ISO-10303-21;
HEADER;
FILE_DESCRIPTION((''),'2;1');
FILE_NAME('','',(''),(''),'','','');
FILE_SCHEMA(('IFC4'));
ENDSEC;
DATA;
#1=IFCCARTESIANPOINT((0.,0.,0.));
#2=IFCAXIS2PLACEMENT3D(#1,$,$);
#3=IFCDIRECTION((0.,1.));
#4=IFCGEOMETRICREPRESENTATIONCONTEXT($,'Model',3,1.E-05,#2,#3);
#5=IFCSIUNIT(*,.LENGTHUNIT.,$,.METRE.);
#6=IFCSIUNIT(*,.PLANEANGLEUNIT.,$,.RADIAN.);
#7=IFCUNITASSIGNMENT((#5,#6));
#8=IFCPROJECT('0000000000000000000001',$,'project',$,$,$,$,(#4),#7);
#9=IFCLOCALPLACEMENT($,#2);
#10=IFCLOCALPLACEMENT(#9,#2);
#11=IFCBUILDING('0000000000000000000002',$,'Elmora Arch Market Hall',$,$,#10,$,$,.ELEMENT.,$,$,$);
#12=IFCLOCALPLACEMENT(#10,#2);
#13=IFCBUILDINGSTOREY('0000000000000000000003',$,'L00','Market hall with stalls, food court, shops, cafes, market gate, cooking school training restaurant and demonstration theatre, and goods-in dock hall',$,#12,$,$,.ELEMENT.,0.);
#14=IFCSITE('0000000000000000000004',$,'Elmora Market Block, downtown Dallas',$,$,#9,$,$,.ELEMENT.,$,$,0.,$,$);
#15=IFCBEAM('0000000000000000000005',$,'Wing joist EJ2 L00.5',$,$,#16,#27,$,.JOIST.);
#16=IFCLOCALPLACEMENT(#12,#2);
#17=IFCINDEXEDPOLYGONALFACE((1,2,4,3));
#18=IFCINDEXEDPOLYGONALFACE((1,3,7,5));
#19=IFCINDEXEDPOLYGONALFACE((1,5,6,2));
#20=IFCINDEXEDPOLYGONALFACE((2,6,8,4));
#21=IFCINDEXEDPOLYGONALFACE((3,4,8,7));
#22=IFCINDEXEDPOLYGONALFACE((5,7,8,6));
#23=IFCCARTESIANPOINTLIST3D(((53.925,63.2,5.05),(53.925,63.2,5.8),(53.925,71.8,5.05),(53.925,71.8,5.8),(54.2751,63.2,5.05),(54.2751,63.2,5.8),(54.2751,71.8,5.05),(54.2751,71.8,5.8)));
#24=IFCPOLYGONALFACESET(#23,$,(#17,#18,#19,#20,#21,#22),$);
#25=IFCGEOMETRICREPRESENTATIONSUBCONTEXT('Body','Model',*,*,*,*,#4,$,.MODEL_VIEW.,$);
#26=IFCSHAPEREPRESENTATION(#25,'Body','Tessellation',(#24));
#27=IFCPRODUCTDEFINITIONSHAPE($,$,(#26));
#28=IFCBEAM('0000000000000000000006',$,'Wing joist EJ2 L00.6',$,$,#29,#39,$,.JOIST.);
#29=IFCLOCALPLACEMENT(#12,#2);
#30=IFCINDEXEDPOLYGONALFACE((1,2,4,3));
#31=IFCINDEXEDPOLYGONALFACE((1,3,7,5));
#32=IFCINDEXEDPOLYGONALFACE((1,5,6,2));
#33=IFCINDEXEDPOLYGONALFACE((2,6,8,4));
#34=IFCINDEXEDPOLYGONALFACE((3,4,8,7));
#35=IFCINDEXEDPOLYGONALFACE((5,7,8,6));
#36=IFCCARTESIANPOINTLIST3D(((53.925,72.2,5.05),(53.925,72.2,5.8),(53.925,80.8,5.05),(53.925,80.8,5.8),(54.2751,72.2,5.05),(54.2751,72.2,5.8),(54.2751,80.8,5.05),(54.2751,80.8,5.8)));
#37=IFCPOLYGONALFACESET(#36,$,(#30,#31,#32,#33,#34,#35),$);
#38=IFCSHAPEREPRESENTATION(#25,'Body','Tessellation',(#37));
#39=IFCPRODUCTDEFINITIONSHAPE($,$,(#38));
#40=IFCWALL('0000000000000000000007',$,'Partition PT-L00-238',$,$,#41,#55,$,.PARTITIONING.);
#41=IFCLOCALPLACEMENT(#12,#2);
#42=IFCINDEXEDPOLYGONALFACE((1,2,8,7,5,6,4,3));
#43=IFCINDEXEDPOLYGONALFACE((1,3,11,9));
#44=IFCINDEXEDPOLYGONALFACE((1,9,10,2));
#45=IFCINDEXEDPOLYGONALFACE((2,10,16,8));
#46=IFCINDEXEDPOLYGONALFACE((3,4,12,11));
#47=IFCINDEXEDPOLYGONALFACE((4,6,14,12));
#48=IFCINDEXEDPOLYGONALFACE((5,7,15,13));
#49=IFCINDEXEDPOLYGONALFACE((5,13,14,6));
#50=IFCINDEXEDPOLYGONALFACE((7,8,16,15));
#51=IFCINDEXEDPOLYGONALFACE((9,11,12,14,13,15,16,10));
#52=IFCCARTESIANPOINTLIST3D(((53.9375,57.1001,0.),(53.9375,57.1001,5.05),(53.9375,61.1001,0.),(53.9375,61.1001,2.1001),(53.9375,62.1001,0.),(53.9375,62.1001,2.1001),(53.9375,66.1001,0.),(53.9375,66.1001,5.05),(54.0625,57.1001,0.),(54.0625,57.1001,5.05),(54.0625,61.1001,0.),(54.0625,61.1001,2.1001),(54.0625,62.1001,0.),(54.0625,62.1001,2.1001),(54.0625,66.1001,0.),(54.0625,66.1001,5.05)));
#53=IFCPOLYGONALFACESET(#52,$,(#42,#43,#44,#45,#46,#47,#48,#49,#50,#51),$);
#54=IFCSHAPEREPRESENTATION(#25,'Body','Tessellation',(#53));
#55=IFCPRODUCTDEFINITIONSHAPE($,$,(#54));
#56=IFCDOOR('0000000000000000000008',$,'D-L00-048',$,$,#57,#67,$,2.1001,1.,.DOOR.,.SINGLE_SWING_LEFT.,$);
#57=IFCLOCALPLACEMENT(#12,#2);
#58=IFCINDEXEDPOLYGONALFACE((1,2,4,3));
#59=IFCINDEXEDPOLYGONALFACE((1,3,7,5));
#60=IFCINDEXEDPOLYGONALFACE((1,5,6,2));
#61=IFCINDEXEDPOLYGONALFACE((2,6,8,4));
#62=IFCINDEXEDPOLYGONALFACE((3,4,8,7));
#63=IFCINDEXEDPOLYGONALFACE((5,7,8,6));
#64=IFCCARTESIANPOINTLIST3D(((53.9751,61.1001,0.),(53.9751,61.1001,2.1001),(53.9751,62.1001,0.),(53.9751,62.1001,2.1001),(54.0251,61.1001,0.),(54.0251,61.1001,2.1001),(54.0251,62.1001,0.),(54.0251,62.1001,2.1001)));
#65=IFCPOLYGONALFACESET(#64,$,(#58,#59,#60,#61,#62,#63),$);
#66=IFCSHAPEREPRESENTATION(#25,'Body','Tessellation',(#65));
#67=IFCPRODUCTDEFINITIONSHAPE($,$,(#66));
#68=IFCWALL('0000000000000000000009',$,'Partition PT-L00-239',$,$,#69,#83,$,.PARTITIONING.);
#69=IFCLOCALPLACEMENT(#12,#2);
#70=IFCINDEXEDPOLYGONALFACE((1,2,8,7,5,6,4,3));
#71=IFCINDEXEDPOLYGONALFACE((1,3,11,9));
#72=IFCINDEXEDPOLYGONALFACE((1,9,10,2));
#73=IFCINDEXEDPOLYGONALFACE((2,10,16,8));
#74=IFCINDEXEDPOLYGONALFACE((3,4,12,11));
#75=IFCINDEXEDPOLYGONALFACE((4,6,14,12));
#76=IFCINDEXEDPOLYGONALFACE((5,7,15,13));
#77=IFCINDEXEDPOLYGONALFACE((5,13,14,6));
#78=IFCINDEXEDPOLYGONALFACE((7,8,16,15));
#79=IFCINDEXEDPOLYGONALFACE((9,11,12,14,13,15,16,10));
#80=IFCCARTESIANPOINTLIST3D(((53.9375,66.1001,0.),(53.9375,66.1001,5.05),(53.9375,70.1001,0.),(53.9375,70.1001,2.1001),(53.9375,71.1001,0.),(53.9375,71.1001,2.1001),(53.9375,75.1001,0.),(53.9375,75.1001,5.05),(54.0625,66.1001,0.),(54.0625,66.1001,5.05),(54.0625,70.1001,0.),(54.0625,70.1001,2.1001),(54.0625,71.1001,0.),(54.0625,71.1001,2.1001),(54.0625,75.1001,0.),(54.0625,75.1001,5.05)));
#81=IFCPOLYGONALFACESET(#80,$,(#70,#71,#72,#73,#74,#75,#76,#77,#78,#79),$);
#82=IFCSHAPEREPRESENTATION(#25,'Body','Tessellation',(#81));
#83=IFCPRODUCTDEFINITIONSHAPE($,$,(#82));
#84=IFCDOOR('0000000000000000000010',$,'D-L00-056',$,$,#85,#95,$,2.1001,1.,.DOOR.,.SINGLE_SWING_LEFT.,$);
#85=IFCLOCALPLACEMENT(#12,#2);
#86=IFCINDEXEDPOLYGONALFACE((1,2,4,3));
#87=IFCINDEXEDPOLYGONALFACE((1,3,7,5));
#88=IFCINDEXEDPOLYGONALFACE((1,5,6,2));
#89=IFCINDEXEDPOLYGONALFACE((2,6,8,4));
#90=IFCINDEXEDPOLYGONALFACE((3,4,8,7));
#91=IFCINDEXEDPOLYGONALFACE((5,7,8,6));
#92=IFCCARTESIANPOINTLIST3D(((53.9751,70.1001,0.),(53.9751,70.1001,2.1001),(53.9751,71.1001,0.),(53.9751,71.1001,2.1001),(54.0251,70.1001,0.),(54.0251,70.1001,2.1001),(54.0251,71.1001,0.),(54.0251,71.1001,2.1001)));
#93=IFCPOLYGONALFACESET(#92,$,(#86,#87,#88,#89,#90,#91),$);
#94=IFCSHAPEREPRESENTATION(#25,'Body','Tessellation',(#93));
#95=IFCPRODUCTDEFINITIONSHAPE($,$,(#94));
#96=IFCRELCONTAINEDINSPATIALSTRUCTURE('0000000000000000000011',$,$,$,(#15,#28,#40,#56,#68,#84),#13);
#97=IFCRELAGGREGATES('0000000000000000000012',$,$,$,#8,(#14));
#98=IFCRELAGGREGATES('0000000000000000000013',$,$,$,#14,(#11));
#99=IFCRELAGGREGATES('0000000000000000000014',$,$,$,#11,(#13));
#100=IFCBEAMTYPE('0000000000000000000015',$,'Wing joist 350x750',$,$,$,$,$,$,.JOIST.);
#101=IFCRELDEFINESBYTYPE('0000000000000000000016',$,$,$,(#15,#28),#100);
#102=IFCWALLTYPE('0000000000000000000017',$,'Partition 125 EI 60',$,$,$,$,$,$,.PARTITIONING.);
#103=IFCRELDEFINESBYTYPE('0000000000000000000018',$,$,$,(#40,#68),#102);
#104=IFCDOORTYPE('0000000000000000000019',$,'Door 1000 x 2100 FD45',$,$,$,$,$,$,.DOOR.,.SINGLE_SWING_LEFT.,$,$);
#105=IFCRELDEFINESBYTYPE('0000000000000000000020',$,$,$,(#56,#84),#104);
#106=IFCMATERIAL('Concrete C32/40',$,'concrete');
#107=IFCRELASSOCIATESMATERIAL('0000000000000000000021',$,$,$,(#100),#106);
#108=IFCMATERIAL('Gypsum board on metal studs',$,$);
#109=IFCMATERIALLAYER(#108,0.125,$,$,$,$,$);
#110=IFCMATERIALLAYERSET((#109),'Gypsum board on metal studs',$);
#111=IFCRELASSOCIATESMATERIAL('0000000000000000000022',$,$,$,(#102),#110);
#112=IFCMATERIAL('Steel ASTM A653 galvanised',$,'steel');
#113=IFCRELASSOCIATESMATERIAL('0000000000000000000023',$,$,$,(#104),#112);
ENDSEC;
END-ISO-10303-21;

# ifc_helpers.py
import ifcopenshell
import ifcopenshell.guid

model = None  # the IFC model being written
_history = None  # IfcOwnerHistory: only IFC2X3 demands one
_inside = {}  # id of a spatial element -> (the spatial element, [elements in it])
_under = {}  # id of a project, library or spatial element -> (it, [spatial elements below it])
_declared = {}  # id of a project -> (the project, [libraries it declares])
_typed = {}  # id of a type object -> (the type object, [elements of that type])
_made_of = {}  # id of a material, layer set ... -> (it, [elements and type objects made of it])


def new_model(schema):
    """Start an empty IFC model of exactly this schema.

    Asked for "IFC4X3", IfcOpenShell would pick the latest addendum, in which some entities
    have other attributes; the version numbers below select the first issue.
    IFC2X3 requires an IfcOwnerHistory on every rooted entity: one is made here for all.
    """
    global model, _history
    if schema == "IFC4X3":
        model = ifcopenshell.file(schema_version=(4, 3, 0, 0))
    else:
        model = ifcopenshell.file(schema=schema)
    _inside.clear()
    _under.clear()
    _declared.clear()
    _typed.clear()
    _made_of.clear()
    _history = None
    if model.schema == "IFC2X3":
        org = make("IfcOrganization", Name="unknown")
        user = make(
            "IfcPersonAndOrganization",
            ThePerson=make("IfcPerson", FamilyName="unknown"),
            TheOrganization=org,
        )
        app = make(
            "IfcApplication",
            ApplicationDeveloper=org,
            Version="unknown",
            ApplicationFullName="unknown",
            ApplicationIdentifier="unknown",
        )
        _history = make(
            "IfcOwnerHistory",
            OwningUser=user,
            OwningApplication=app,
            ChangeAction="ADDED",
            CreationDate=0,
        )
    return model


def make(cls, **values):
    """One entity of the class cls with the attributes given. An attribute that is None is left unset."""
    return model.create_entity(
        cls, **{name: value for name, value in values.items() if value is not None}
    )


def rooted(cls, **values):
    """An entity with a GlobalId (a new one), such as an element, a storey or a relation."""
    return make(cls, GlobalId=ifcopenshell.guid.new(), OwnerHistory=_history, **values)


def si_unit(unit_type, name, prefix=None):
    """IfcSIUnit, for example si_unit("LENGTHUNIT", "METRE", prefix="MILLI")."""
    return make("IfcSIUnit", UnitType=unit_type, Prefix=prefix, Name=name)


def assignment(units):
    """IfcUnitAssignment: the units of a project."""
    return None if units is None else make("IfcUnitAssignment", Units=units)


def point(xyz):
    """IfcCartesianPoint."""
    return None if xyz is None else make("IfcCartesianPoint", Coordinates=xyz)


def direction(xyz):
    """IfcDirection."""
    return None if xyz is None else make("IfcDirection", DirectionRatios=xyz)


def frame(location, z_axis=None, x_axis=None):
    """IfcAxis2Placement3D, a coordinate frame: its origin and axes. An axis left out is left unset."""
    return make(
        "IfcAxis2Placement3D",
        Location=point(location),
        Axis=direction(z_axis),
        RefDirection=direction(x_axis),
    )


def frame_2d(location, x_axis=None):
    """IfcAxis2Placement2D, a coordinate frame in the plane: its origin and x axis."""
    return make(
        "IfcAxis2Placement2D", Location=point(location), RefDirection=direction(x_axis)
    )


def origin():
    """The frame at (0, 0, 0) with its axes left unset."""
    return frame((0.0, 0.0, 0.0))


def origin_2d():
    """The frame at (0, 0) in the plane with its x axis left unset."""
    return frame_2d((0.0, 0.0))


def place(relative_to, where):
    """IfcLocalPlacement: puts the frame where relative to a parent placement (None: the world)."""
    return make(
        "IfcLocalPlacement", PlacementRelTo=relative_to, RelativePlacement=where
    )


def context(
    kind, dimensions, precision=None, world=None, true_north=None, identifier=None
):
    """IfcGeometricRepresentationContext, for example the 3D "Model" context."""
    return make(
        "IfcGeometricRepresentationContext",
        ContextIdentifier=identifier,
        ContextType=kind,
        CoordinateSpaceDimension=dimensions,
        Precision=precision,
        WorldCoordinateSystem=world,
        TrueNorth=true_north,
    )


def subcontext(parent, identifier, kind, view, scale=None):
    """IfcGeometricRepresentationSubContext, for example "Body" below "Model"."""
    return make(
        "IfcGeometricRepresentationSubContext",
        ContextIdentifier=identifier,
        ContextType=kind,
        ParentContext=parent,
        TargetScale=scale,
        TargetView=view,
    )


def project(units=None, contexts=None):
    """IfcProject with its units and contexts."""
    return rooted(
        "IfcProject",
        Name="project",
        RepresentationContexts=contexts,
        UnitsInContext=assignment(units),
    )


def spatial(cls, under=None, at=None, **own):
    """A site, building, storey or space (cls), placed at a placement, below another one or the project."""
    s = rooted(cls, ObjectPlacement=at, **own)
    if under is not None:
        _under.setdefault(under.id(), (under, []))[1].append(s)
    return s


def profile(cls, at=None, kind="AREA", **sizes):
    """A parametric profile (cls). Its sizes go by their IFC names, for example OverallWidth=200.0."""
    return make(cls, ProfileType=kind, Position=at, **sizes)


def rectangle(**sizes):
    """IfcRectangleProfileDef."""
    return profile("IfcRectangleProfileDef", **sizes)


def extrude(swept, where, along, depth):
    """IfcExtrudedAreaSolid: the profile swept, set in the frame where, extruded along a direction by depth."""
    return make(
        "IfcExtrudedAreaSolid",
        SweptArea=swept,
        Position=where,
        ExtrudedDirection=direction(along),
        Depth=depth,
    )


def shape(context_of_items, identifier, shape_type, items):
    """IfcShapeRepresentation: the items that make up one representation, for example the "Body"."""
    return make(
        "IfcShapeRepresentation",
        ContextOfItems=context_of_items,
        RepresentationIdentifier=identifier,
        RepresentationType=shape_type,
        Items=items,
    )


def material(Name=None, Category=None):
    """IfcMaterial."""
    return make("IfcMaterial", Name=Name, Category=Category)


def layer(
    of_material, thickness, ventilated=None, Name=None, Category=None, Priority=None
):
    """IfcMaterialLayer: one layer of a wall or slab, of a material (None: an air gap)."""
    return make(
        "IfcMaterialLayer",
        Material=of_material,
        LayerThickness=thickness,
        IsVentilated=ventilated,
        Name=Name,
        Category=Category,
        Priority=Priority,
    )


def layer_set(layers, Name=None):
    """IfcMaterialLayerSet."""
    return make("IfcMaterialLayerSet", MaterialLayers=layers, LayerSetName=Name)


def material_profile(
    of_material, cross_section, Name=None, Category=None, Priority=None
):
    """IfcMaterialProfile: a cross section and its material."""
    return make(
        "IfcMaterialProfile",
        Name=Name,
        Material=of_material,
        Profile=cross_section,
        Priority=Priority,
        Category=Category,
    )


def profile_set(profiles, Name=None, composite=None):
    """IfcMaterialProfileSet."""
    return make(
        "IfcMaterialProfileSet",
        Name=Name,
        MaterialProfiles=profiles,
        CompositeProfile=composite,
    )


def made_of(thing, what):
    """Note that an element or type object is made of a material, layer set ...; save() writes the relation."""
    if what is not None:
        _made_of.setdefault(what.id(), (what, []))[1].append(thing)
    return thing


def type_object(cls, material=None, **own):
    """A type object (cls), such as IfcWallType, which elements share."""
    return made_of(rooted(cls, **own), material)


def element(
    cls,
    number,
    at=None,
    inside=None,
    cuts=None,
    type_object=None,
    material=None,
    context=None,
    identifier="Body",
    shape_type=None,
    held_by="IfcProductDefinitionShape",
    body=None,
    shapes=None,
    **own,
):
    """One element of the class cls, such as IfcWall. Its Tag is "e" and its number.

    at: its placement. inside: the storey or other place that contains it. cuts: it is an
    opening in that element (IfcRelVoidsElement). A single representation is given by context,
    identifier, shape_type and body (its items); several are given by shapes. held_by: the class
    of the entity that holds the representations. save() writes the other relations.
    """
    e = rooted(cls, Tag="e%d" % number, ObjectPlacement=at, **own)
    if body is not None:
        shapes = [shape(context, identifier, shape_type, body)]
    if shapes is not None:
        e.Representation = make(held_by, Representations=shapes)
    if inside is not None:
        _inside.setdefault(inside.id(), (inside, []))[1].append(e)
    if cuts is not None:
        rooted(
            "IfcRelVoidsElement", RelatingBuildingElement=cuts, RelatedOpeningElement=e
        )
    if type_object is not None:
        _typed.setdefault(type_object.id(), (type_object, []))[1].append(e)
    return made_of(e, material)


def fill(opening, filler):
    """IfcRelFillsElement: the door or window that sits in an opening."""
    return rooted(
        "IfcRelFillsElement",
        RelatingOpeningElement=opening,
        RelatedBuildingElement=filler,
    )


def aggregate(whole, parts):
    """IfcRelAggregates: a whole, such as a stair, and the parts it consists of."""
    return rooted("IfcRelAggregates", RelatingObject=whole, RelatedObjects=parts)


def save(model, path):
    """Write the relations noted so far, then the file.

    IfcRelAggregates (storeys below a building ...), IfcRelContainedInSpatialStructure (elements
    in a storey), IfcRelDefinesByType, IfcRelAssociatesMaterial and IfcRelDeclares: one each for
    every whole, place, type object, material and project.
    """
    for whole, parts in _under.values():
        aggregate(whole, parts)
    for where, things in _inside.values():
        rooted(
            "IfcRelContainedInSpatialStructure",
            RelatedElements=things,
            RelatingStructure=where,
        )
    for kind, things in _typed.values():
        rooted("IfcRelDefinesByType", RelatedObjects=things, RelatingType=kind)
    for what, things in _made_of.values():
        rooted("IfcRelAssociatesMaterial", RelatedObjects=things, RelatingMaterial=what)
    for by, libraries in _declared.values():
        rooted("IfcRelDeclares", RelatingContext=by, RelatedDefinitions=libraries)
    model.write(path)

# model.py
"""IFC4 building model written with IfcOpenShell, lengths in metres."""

from ifc_helpers import new_model, si_unit, direction, frame, frame_2d, origin, origin_2d, place, context, subcontext, project, spatial, rectangle, extrude, material, layer, layer_set, material_profile, profile_set, type_object, element, fill, save


model = new_model("IFC4")

# Units and contexts
model_context = context("Model", 3, precision=1e-05, world=origin(), true_north=direction((0.0, 1.0)))
body_context = subcontext(model_context, "Body", "Model", "MODEL_VIEW")
ifc_project = project(units=[si_unit("LENGTHUNIT", "METRE"), si_unit("PLANEANGLEUNIT", "RADIAN")], contexts=[model_context])

# Site, building, storey
site_placement = place(None, origin())
site = spatial("IfcSite", under=ifc_project, at=site_placement, Name="Elmora Market Block, downtown Dallas", CompositionType="ELEMENT", RefElevation=0.0)
building_placement = place(site_placement, origin())
building = spatial("IfcBuilding", under=site, at=building_placement, Name="Elmora Arch Market Hall", CompositionType="ELEMENT")
storey_placement = place(building_placement, origin())
storey = spatial("IfcBuildingStorey", under=building, at=storey_placement, Name="L00", Description="Market hall with stalls, food court, shops, cafes, market gate, cooking school training restaurant and demonstration theatre, and goods-in dock hall", CompositionType="ELEMENT", Elevation=0.0)

# Beams
ifc_material_1 = material(Name="Concrete C32/40", Category="concrete")
ifc_material_profile_1 = material_profile(ifc_material_1, rectangle(XDim=0.3501, YDim=0.75, at=origin_2d()), Name="Wing joist 350x750")
ifc_profile_set_1 = profile_set([ifc_material_profile_1], Name="Concrete C32/40")
beam_type_1 = type_object("IfcBeamType", Name="Wing joist 350x750", PredefinedType="JOIST", material=ifc_profile_set_1)
for number, where, z_axis, x_axis, name in (
    (1, (54.1001, 63.2, 5.425), (0.0, 1.0, 0.0), (-1.0, 0.0, 0.0), "Wing joist EJ2 L00.5"),
    (2, (54.1001, 72.2, 5.425), (0.0, 1.0, 0.0), (-1.0, 0.0, 0.0), "Wing joist EJ2 L00.6"),
):
    element("IfcBeam", number, at=place(storey_placement, frame(where, z_axis=z_axis, x_axis=x_axis)), inside=storey, type_object=beam_type_1, Name=name, PredefinedType="JOIST", context=body_context, shape_type="SweptSolid", body=[
        extrude(rectangle(XDim=0.3501, YDim=0.75, at=origin_2d()), origin(), (0.0, 0.0, 1.0), 8.6001),
    ])

# Walls, openings, doors
ifc_material_2 = material(Name="Gypsum board on metal studs")
ifc_layer = layer(ifc_material_2, 0.125)
ifc_layer_set = layer_set([ifc_layer], Name="Gypsum board on metal studs")
wall_type = type_object("IfcWallType", Name="Partition 125 EI 60", PredefinedType="PARTITIONING", material=ifc_layer_set)
wall_1_placement = place(storey_placement, frame((54.0, 57.1001, 0.0), z_axis=(0.0, 0.0, 1.0), x_axis=(0.0, 1.0, 0.0)))
wall_1 = element("IfcWall", 3, at=wall_1_placement, inside=storey, type_object=wall_type, Name="Partition PT-L00-238", PredefinedType="PARTITIONING", context=body_context, shape_type="SweptSolid", body=[
    extrude(rectangle(XDim=9.0, YDim=0.125, at=frame_2d((4.5, 0.0))), origin(), (0.0, 0.0, 1.0), 5.05),
])
opening_1_placement = place(wall_1_placement, frame((4.0, 0.0, 0.0)))
opening_1 = element("IfcOpeningElement", 4, at=opening_1_placement, cuts=wall_1, PredefinedType="OPENING", context=body_context, shape_type="SweptSolid", body=[
    extrude(rectangle(XDim=1.0, YDim=2.1001, at=frame_2d((0.5, 1.05))), frame((0.0, 0.0725, 0.0), z_axis=(0.0, -1.0, 0.0), x_axis=(1.0, 0.0, 0.0)), (0.0, 0.0, 1.0), 0.145),
])
ifc_material_3 = material(Name="Steel ASTM A653 galvanised", Category="steel")
door_type = type_object("IfcDoorType", Name="Door 1000 x 2100 FD45", OperationType="SINGLE_SWING_LEFT", PredefinedType="DOOR", material=ifc_material_3)
door_1_placement = place(opening_1_placement, origin())
door_1 = element("IfcDoor", 5, at=door_1_placement, inside=storey, type_object=door_type, Name="D-L00-048", OperationType="SINGLE_SWING_LEFT", OverallHeight=2.1001, OverallWidth=1.0, PredefinedType="DOOR", context=body_context, shape_type="SweptSolid", body=[
    extrude(rectangle(XDim=1.0, YDim=2.1001, at=frame_2d((0.5, 1.05))), frame((0.0, 0.0249, 0.0), z_axis=(0.0, -1.0, 0.0), x_axis=(1.0, 0.0, 0.0)), (0.0, 0.0, 1.0), 0.05),
])
fill(opening_1, door_1)
wall_2_placement = place(storey_placement, frame((54.0, 66.1001, 0.0), z_axis=(0.0, 0.0, 1.0), x_axis=(0.0, 1.0, 0.0)))
wall_2 = element("IfcWall", 6, at=wall_2_placement, inside=storey, type_object=wall_type, Name="Partition PT-L00-239", PredefinedType="PARTITIONING", context=body_context, shape_type="SweptSolid", body=[
    extrude(rectangle(XDim=9.0, YDim=0.125, at=frame_2d((4.5, 0.0))), origin(), (0.0, 0.0, 1.0), 5.05),
])
opening_2_placement = place(wall_2_placement, frame((4.0, 0.0, 0.0)))
opening_2 = element("IfcOpeningElement", 7, at=opening_2_placement, cuts=wall_2, PredefinedType="OPENING", context=body_context, shape_type="SweptSolid", body=[
    extrude(rectangle(XDim=1.0, YDim=2.1001, at=frame_2d((0.5, 1.05))), frame((0.0, 0.0725, 0.0), z_axis=(0.0, -1.0, 0.0), x_axis=(1.0, 0.0, 0.0)), (0.0, 0.0, 1.0), 0.145),
])
door_2_placement = place(opening_2_placement, origin())
door_2 = element("IfcDoor", 8, at=door_2_placement, inside=storey, type_object=door_type, Name="D-L00-056", OperationType="SINGLE_SWING_LEFT", OverallHeight=2.1001, OverallWidth=1.0, PredefinedType="DOOR", context=body_context, shape_type="SweptSolid", body=[
    extrude(rectangle(XDim=1.0, YDim=2.1001, at=frame_2d((0.5, 1.05))), frame((0.0, 0.0249, 0.0), z_axis=(0.0, -1.0, 0.0), x_axis=(1.0, 0.0, 0.0)), (0.0, 0.0, 1.0), 0.05),
])
fill(opening_2, door_2)

save(model, "model.ifc")
